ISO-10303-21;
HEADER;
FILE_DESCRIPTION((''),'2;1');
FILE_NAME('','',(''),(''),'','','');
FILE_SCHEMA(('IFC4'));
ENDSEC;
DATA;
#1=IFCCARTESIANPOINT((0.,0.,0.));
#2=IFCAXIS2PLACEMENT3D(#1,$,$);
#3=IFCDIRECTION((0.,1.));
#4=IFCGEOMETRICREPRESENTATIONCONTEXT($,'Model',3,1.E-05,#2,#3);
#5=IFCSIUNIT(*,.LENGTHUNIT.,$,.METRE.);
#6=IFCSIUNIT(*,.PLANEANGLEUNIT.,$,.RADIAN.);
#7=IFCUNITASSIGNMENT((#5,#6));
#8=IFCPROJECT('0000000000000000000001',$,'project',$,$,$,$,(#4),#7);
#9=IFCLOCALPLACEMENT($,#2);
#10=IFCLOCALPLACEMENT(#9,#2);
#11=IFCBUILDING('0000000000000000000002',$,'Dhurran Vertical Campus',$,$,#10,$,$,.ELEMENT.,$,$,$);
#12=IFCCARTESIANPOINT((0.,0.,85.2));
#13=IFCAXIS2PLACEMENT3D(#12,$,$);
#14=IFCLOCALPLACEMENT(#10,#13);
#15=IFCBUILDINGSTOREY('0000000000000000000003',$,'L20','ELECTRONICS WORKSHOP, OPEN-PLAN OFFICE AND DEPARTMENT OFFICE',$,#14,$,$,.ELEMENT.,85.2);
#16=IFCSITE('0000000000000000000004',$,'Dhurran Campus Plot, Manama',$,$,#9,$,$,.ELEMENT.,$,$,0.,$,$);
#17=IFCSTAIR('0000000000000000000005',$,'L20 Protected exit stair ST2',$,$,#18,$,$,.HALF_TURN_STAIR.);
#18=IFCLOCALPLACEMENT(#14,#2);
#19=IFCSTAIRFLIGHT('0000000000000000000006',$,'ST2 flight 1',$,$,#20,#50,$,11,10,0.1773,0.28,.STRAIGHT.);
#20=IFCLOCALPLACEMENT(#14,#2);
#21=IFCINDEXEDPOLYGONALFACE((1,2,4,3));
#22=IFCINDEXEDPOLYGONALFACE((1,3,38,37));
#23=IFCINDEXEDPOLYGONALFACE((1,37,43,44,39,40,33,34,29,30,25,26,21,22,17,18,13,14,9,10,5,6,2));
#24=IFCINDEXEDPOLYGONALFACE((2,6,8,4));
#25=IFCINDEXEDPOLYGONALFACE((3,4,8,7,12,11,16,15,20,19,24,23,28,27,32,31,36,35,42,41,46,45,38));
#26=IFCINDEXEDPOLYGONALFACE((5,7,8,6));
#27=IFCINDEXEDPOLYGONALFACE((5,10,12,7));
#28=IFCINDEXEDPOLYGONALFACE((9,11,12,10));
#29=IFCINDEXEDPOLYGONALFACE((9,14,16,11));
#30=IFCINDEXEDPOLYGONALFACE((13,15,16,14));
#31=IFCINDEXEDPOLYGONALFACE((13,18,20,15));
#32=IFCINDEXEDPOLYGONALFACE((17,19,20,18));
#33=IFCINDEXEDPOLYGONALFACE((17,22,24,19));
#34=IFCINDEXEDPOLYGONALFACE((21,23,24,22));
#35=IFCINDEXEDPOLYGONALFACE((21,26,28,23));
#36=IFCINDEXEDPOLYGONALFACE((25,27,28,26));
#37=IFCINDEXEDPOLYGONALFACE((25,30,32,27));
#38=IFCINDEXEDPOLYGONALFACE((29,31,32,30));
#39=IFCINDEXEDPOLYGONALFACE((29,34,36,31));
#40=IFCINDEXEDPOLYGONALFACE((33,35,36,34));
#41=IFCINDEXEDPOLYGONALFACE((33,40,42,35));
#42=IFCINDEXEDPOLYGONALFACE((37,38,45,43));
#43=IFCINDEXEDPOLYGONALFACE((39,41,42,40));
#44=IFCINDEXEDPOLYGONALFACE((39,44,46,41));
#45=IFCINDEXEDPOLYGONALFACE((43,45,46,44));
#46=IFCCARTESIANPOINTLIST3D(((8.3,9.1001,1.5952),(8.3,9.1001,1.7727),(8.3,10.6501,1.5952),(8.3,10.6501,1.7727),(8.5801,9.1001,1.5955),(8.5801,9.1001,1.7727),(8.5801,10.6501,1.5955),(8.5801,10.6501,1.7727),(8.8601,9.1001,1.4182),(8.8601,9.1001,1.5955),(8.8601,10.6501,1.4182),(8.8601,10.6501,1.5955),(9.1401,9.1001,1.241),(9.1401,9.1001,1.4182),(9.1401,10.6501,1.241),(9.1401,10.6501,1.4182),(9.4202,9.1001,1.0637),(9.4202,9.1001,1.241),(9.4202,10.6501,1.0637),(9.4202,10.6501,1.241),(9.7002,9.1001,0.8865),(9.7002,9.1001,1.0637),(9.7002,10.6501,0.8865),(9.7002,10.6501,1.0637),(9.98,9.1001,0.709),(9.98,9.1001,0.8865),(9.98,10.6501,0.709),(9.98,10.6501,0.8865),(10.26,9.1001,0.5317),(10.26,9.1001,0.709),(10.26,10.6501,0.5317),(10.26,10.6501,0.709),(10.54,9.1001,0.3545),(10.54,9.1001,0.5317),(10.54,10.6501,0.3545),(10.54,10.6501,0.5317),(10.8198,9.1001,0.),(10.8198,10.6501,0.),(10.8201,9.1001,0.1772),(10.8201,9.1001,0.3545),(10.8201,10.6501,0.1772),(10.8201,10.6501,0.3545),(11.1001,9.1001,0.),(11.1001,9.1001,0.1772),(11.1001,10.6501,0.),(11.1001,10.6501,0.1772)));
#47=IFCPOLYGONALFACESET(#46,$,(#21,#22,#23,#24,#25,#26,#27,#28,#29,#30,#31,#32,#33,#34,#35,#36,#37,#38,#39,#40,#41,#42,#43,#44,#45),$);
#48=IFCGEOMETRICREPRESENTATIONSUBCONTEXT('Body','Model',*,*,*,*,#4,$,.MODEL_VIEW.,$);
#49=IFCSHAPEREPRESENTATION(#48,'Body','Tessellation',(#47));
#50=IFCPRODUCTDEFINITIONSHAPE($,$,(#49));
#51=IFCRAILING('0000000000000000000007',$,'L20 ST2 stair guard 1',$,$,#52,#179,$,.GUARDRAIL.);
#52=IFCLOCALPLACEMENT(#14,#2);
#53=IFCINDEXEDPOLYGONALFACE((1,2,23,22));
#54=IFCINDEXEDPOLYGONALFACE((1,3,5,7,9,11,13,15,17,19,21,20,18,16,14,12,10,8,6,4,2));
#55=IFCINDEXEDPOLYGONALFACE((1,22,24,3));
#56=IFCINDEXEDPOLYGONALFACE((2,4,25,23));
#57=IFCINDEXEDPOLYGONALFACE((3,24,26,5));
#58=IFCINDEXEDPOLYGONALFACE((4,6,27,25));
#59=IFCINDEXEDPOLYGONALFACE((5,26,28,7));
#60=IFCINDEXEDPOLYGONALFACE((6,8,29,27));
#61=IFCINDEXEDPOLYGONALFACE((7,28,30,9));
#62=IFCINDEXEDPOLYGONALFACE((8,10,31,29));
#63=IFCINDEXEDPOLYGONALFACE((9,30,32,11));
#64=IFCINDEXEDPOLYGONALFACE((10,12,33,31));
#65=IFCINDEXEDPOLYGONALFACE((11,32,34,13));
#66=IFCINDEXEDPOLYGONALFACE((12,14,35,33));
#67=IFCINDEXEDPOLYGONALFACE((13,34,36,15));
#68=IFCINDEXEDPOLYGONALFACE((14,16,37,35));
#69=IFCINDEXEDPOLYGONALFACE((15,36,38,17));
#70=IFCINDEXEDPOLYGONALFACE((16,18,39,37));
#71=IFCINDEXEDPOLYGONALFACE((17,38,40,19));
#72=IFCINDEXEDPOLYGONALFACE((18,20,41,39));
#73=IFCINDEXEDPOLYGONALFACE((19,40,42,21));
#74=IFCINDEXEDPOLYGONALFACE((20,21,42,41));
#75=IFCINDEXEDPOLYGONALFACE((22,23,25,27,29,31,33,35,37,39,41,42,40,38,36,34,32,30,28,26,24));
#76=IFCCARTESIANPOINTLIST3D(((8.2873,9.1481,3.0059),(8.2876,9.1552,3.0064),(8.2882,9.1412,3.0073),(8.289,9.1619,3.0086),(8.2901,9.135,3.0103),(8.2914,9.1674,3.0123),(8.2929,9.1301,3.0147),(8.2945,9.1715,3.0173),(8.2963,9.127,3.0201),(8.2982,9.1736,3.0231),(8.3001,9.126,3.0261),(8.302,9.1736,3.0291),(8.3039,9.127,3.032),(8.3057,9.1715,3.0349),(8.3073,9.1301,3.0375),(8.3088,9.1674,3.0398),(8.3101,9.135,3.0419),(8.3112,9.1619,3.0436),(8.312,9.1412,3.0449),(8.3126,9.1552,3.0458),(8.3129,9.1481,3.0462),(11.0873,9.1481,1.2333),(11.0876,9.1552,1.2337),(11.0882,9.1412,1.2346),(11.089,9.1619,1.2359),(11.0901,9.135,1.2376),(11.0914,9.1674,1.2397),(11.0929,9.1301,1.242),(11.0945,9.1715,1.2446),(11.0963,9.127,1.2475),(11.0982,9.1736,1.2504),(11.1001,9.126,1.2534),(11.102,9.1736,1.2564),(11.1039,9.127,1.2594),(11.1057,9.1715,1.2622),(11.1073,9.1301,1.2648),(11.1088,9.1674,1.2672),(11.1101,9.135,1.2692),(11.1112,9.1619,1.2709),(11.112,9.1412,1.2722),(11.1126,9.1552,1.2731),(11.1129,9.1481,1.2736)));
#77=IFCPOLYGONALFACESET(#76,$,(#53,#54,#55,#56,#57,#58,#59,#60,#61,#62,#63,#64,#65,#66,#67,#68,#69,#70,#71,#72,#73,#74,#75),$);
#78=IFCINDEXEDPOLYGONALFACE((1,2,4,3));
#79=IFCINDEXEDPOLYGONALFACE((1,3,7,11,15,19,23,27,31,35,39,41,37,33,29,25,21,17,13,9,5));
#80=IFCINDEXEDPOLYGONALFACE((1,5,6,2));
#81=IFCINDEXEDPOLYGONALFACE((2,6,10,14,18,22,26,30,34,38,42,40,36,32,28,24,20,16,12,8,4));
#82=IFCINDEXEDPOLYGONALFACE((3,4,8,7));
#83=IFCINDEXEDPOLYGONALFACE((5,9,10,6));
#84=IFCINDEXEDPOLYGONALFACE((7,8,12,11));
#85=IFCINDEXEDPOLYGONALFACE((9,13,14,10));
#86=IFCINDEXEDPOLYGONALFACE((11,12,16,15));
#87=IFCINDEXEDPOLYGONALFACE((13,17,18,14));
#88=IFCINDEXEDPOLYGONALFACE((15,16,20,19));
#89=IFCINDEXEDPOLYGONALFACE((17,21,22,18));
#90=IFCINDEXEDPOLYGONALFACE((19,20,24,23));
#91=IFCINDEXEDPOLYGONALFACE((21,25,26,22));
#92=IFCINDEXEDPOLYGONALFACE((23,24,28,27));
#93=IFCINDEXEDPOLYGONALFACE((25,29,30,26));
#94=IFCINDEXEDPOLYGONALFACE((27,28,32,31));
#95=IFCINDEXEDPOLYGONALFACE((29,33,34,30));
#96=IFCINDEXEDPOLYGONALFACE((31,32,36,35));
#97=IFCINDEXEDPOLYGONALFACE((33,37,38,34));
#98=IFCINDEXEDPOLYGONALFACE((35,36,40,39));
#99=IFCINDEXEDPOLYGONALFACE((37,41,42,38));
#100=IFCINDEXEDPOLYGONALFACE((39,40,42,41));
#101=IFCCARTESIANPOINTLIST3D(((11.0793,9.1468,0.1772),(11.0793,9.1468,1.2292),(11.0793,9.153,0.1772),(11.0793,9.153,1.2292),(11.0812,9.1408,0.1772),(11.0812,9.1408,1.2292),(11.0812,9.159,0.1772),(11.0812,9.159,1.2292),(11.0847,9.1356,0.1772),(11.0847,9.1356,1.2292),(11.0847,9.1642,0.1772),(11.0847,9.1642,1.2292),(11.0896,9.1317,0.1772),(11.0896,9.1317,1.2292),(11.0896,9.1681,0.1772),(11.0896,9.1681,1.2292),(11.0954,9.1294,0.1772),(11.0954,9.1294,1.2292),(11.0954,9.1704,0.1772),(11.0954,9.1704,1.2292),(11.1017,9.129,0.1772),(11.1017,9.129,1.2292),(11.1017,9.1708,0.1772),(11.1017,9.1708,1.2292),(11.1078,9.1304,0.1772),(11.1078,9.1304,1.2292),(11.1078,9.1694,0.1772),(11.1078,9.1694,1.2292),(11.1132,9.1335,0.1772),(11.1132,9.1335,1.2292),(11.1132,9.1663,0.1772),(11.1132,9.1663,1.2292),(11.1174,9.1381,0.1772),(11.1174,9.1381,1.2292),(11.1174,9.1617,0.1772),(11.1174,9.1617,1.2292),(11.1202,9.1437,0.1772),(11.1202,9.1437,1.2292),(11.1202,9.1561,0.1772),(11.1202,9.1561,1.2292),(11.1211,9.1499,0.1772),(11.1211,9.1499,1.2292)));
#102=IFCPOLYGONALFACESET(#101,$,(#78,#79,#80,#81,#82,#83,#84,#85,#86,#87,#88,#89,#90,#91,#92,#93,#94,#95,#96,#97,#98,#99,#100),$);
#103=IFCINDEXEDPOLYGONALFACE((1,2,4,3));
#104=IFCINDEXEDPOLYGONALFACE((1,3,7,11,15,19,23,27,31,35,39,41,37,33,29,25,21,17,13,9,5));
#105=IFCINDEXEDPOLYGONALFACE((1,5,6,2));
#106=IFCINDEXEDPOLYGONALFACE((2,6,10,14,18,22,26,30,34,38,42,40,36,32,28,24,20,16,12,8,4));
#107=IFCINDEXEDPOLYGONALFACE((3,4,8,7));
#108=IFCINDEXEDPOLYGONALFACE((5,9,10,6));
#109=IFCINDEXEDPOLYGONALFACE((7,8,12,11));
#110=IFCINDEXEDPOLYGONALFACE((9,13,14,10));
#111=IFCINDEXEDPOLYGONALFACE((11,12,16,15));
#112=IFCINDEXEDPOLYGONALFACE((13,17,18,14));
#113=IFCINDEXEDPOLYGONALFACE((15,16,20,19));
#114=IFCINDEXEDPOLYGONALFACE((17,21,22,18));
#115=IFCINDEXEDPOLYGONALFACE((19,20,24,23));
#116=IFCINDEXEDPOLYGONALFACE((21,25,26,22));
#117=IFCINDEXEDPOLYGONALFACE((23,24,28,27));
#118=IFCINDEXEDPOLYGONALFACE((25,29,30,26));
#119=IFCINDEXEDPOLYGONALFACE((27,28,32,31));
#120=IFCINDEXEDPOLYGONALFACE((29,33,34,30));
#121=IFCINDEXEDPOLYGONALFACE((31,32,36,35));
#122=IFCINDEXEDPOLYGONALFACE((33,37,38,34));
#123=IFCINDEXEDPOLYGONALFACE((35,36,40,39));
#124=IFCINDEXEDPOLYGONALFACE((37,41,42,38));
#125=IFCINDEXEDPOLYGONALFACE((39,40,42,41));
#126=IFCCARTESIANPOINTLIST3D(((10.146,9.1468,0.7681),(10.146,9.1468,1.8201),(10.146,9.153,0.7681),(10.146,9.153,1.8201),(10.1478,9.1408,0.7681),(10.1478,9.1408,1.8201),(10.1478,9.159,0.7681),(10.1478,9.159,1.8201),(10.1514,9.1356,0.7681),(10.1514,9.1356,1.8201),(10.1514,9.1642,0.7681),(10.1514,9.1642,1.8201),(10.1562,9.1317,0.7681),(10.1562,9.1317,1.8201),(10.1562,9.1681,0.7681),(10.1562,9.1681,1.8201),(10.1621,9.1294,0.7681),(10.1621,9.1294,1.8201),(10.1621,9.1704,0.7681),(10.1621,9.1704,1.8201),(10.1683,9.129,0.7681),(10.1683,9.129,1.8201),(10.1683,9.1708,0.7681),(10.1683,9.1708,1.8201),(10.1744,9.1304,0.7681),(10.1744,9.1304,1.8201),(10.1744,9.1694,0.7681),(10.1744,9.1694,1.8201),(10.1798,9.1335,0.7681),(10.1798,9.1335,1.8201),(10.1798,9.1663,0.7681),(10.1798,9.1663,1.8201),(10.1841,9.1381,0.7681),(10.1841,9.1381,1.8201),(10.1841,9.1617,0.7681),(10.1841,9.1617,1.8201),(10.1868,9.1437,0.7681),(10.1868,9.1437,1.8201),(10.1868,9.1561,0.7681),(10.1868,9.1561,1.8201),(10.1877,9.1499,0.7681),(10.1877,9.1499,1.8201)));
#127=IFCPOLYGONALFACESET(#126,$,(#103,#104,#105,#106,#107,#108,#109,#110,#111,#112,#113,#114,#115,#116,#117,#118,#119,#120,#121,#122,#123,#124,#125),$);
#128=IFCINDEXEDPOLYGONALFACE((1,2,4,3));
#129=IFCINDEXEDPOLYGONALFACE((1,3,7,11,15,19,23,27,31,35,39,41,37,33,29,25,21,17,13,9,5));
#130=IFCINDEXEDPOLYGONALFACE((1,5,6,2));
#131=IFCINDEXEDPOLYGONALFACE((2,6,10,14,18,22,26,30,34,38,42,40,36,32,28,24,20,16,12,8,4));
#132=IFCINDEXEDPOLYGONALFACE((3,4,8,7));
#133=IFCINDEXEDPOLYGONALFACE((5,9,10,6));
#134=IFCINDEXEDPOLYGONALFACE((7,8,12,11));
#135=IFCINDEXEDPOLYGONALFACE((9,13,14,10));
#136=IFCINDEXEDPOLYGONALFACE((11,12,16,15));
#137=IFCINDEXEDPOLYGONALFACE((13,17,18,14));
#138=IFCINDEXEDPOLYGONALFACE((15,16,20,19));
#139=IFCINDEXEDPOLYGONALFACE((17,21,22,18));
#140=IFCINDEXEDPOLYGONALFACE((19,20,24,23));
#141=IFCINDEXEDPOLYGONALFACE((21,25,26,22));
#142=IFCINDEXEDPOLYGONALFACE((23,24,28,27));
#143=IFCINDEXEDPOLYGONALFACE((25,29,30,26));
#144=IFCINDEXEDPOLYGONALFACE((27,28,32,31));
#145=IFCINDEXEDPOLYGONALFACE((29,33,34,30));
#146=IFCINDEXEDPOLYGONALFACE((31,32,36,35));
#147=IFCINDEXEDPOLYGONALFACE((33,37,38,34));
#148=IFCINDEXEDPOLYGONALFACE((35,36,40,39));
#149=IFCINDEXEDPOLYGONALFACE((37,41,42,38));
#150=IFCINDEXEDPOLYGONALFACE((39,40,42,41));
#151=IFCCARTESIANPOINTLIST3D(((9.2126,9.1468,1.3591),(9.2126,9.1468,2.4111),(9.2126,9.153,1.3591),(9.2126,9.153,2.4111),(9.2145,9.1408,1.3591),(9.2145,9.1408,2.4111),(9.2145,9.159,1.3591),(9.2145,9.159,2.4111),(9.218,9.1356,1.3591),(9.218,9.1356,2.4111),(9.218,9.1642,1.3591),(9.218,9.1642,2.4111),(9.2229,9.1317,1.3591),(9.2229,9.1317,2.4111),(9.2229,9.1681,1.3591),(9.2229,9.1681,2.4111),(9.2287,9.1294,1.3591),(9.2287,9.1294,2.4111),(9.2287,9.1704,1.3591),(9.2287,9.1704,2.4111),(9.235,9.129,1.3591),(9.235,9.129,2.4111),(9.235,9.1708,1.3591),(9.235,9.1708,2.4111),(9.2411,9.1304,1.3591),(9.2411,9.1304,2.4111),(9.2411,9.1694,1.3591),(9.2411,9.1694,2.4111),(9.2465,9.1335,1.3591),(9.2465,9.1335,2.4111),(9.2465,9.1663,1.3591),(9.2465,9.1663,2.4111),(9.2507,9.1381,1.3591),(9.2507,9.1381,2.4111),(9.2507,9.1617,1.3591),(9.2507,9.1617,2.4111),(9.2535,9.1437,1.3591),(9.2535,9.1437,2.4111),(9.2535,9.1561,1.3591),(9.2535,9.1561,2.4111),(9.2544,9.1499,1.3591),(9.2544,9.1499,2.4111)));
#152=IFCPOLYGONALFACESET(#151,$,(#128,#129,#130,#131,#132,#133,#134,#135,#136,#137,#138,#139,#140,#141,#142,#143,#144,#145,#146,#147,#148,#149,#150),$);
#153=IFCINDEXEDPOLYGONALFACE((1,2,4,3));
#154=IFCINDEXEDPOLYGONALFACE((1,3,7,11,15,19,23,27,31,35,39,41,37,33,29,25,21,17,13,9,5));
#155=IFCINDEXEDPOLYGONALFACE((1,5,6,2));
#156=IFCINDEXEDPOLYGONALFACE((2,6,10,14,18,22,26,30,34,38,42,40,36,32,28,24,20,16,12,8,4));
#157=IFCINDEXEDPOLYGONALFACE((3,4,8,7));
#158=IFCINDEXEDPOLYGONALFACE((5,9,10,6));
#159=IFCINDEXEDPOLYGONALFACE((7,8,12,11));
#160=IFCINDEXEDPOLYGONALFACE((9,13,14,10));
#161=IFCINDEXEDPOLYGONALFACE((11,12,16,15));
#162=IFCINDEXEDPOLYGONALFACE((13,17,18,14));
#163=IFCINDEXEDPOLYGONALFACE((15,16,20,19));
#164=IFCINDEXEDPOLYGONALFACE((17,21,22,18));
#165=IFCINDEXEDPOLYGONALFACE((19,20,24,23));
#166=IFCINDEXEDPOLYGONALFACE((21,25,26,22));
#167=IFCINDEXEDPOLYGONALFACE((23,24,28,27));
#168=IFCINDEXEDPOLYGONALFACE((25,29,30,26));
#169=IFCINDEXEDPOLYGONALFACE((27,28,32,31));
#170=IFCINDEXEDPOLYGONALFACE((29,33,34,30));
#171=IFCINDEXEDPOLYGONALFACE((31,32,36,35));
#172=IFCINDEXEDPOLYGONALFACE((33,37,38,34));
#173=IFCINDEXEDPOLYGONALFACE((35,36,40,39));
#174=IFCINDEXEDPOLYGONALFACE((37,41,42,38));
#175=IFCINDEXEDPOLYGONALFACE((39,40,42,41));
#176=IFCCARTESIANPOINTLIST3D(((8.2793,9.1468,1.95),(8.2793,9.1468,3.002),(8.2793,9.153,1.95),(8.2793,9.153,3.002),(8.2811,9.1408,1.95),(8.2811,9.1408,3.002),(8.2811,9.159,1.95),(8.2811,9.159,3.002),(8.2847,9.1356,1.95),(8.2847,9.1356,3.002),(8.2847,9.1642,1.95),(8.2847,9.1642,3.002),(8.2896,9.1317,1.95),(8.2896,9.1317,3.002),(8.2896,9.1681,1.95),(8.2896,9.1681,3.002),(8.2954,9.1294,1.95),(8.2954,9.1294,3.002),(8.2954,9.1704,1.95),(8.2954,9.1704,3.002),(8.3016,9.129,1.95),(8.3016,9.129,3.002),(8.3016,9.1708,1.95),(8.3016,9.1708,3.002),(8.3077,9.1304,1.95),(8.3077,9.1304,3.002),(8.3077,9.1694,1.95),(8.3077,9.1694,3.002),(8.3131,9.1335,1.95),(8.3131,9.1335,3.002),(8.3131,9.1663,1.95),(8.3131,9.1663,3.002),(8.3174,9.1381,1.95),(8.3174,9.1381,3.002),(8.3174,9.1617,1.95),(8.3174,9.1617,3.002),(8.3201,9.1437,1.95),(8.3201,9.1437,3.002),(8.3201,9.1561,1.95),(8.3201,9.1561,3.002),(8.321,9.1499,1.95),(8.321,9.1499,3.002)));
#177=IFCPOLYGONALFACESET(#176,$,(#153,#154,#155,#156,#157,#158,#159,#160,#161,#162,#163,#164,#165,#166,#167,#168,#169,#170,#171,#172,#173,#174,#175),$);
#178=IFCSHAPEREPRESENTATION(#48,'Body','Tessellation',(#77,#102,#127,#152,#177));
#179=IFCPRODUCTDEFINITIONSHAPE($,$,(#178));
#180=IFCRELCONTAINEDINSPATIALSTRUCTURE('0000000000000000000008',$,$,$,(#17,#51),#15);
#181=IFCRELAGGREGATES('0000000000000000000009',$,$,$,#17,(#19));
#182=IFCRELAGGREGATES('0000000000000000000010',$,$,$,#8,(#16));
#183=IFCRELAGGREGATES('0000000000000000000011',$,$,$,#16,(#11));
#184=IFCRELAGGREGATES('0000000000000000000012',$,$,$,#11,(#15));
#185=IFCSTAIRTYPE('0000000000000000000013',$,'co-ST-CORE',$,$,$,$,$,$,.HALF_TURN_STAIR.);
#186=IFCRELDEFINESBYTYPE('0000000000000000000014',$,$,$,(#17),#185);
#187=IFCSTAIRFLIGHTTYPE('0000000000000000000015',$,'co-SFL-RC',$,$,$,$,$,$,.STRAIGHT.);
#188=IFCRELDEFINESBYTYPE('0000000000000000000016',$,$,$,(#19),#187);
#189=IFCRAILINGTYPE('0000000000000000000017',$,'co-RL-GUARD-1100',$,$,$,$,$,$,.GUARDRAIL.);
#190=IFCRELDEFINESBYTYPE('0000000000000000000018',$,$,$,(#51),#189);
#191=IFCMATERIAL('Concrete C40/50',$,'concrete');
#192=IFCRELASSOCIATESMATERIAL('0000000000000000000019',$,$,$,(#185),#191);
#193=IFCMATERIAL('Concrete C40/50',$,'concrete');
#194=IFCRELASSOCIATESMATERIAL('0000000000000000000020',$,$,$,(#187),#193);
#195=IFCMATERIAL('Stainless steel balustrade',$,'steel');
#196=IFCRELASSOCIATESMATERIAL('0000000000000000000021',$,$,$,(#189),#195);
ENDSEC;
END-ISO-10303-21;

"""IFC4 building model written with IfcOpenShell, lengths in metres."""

from ifc_helpers import new_model, si_unit, direction, frame, origin, origin_2d, place, context, subcontext, project, spatial, polyline, circle, outline, extrude, material, type_object, element, aggregate, save


model = new_model("IFC4")

# Units and contexts
model_context = context("Model", 3, precision=1e-05, world=origin(), true_north=direction((0.0, 1.0)))
body_context = subcontext(model_context, "Body", "Model", "MODEL_VIEW")
ifc_project = project(units=[si_unit("LENGTHUNIT", "METRE"), si_unit("PLANEANGLEUNIT", "RADIAN")], contexts=[model_context])

# Site, building, storey
site_placement = place(None, origin())
site = spatial("IfcSite", under=ifc_project, at=site_placement, Name="Dhurran Campus Plot, Manama", CompositionType="ELEMENT", RefElevation=0.0)
building_placement = place(site_placement, origin())
building = spatial("IfcBuilding", under=site, at=building_placement, Name="Dhurran Vertical Campus", CompositionType="ELEMENT")
storey_placement = place(building_placement, frame((0.0, 0.0, 85.2)))
storey = spatial("IfcBuildingStorey", under=building, at=storey_placement, Name="L20", Description="ELECTRONICS WORKSHOP, OPEN-PLAN OFFICE AND DEPARTMENT OFFICE", CompositionType="ELEMENT", Elevation=85.2)

# Stair, stair flight
ifc_material_1 = material(Name="Concrete C40/50", Category="concrete")
stair_type = type_object("IfcStairType", Name="co-ST-CORE", PredefinedType="HALF_TURN_STAIR", material=ifc_material_1)
stair_placement = place(storey_placement, origin())
stair = element("IfcStair", 1, at=stair_placement, inside=storey, type_object=stair_type, Name="L20 Protected exit stair ST2", PredefinedType="HALF_TURN_STAIR")
ifc_material_2 = material(Name="Concrete C40/50", Category="concrete")
stair_flight_type = type_object("IfcStairFlightType", Name="co-SFL-RC", PredefinedType="STRAIGHT", material=ifc_material_2)
stair_flight_placement = place(storey_placement, frame((11.1001, 9.875, 0.0), z_axis=(0.0, 0.0, 1.0), x_axis=(-1.0, 0.0, 0.0)))
stair_flight = element("IfcStairFlight", 2, at=stair_flight_placement, type_object=stair_flight_type, Name="ST2 flight 1", NumberOfRisers=11, NumberOfTreads=10, PredefinedType="STRAIGHT", RiserHeight=0.1773, TreadLength=0.28, context=body_context, shape_type="SweptSolid", body=[
    extrude(outline(polyline([(0.0, 0.0), (0.0, 0.1772), (0.28, 0.1772), (0.28, 0.3545), (0.5601, 0.3545), (0.5601, 0.5317), (0.8401, 0.5317), (0.8401, 0.709), (1.1201, 0.709), (1.1201, 0.8865), (1.3999, 0.8865), (1.3999, 1.0637), (1.6799, 1.0637), (1.6799, 1.241), (1.96, 1.241), (1.96, 1.4182), (2.24, 1.4182), (2.24, 1.5955), (2.52, 1.5955), (2.52, 1.7727), (2.8, 1.7727), (2.8, 1.95), (2.8, 1.5952), (0.2803, 0.0), (0.0, 0.0)])), frame((0.0, 0.7749, 0.0), z_axis=(0.0, -1.0, 0.0), x_axis=(1.0, 0.0, 0.0)), (0.0, 0.0, 1.0), 1.55),
])
aggregate(stair, [stair_flight])

# Railing
ifc_material_3 = material(Name="Stainless steel balustrade", Category="steel")
railing_type_1 = type_object("IfcRailingType", Name="co-RL-GUARD-1100", PredefinedType="GUARDRAIL", material=ifc_material_3)
railing_1_placement = place(storey_placement, frame((11.1001, 9.1499, 0.1772)))
element("IfcRailing", 3, at=railing_1_placement, inside=storey, type_object=railing_type_1, Name="L20 ST2 stair guard 1", PredefinedType="GUARDRAIL", context=body_context, shape_type="SweptSolid", body=[
    extrude(circle(Radius=0.0239, at=origin_2d()), frame((0.0, 0.0, 1.0762), z_axis=(-0.844909, 0.0, 0.53491), x_axis=(0.0, -1.0, 0.0)), (0.0, 0.0, 1.0), 3.314),
    extrude(circle(Radius=0.021, at=origin_2d()), origin(), (0.0, 0.0, 1.0), 1.052),
    extrude(circle(Radius=0.021, at=origin_2d()), frame((-0.9333, 0.0, 0.5908)), (0.0, 0.0, 1.0), 1.052),
    extrude(circle(Radius=0.021, at=origin_2d()), frame((-1.8667, 0.0, 1.1819)), (0.0, 0.0, 1.0), 1.052),
    extrude(circle(Radius=0.021, at=origin_2d()), frame((-2.8, 0.0, 1.7727)), (0.0, 0.0, 1.0), 1.052),
])

save(model, "model.ifc")
